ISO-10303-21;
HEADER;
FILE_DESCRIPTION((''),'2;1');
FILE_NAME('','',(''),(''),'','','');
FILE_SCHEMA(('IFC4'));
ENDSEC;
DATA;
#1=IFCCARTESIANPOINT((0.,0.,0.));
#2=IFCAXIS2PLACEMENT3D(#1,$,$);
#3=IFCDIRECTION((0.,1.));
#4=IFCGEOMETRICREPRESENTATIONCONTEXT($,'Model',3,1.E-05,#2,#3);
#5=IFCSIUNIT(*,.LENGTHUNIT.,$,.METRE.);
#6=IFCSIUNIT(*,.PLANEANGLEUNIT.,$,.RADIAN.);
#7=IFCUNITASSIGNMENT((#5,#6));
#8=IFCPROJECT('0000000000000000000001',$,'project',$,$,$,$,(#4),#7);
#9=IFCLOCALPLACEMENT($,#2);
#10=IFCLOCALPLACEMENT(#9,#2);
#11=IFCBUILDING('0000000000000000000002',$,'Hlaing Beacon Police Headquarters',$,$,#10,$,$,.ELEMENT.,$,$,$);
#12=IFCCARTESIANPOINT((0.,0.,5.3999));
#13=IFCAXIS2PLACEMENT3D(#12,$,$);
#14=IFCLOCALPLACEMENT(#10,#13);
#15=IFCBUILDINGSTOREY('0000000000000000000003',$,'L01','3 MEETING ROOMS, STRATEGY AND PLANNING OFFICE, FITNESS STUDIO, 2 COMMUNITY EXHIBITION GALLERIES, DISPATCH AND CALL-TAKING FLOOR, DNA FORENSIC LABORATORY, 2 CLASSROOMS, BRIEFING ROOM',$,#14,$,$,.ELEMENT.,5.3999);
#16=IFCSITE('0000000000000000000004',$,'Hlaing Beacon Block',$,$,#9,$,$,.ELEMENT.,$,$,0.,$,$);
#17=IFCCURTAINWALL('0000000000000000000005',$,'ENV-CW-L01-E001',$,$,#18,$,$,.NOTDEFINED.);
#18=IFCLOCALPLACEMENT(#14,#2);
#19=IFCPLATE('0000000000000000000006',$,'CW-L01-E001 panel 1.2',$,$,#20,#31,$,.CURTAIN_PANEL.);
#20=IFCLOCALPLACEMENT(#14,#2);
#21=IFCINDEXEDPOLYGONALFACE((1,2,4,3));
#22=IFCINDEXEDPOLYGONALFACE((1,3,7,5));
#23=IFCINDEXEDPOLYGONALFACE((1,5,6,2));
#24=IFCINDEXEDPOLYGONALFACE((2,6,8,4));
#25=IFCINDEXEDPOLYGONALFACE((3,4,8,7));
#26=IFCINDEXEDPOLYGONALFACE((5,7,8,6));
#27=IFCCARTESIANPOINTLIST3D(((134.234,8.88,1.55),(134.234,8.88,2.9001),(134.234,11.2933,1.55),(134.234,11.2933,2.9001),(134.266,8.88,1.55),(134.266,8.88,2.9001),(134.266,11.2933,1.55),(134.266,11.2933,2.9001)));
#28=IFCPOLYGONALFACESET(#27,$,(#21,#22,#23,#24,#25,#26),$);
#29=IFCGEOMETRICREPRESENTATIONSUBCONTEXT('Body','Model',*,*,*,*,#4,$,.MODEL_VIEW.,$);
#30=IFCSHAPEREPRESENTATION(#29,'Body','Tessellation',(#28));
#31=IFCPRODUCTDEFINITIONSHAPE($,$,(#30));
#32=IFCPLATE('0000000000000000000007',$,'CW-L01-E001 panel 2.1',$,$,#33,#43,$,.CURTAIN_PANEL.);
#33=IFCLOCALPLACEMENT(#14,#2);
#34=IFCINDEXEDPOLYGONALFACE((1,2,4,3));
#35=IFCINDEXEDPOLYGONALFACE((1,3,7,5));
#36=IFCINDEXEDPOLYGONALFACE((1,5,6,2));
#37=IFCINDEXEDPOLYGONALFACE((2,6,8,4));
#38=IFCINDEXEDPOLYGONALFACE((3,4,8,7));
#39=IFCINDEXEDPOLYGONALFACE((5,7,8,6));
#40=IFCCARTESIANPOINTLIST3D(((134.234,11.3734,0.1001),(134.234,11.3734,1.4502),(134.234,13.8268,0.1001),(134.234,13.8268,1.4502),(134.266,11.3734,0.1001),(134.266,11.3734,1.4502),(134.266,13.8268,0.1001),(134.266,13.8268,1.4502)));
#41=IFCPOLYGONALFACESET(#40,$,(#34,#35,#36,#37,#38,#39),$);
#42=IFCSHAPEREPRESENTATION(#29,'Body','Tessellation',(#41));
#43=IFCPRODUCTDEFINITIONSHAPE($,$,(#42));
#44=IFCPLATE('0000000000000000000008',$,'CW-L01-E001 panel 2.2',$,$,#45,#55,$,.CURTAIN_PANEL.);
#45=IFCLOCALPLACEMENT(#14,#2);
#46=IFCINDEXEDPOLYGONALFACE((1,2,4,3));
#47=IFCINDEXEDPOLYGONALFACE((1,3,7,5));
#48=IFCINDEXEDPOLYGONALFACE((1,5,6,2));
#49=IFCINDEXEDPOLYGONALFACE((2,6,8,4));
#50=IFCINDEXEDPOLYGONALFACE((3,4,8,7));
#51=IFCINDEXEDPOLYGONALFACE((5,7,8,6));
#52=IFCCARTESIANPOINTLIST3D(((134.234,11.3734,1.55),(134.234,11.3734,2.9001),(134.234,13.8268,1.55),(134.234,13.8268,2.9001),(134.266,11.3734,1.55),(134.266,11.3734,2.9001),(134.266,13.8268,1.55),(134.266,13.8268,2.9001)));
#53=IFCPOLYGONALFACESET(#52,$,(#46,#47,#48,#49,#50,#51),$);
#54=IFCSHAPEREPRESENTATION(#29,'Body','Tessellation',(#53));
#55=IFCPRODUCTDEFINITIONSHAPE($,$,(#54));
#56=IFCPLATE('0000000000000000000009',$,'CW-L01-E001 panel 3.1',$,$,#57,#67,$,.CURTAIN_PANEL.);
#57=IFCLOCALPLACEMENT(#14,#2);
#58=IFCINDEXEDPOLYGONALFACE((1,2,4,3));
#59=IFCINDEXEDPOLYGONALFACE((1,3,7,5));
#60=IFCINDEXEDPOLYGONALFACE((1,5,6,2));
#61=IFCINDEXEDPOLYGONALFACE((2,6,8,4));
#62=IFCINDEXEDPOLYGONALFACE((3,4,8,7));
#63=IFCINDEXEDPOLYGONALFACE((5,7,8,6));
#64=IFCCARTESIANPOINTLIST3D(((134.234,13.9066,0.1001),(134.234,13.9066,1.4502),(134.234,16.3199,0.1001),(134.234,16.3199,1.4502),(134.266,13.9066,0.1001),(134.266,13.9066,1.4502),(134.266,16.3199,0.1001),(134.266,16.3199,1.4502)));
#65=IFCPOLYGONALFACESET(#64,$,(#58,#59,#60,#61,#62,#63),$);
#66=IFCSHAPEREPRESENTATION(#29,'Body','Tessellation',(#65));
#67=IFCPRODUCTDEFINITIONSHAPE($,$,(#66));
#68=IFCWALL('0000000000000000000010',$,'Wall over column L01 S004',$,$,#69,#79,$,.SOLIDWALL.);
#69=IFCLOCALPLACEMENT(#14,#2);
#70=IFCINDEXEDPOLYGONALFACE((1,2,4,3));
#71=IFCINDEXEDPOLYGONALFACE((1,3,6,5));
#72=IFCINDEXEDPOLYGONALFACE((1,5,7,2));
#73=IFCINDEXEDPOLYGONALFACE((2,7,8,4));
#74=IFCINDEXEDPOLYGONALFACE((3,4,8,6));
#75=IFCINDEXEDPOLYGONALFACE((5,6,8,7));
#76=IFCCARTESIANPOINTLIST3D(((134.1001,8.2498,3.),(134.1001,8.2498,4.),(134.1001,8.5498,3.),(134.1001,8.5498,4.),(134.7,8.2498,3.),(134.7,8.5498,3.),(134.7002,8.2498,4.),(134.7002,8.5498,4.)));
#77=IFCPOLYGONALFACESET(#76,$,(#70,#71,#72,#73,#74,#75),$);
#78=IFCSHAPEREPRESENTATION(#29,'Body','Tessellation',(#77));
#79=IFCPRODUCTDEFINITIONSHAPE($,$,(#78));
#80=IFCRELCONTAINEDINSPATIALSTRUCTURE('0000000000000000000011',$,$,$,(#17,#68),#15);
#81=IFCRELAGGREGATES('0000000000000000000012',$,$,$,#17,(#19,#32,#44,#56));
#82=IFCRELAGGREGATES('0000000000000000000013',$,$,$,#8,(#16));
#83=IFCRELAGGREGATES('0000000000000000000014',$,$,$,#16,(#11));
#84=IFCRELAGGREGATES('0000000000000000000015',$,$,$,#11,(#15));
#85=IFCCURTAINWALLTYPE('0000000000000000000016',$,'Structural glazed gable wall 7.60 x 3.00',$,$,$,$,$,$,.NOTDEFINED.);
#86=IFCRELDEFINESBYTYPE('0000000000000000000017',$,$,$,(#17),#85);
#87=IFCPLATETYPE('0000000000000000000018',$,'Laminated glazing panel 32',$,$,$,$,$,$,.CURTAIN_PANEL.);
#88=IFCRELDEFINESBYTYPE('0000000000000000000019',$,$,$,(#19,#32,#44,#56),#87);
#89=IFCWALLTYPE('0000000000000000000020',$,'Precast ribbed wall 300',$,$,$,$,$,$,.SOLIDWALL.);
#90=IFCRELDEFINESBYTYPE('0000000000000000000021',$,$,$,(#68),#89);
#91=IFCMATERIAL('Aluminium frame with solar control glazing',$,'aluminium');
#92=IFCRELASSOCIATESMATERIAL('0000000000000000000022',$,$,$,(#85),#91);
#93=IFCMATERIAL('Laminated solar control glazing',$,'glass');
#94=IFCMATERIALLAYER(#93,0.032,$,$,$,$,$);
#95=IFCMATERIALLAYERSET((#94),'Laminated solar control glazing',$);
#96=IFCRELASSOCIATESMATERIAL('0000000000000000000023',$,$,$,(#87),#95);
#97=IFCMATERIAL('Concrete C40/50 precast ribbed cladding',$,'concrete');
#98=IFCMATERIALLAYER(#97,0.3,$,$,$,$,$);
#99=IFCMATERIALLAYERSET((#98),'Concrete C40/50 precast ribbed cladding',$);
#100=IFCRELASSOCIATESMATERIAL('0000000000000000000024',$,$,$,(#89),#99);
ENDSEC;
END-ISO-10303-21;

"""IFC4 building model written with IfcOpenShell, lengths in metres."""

from ifc_helpers import new_model, si_unit, direction, frame, origin, origin_2d, place, context, subcontext, project, spatial, polyline, rectangle, outline, extrude, material, layer, layer_set, type_object, element, aggregate, save


model = new_model("IFC4")

# Units and contexts
model_context = context("Model", 3, precision=1e-05, world=origin(), true_north=direction((0.0, 1.0)))
body_context = subcontext(model_context, "Body", "Model", "MODEL_VIEW")
ifc_project = project(units=[si_unit("LENGTHUNIT", "METRE"), si_unit("PLANEANGLEUNIT", "RADIAN")], contexts=[model_context])

# Site, building, storey
site_placement = place(None, origin())
site = spatial("IfcSite", under=ifc_project, at=site_placement, Name="Hlaing Beacon Block", CompositionType="ELEMENT", RefElevation=0.0)
building_placement = place(site_placement, origin())
building = spatial("IfcBuilding", under=site, at=building_placement, Name="Hlaing Beacon Police Headquarters", CompositionType="ELEMENT")
storey_placement = place(building_placement, frame((0.0, 0.0, 5.3999)))
storey = spatial("IfcBuildingStorey", under=building, at=storey_placement, Name="L01", Description="3 MEETING ROOMS, STRATEGY AND PLANNING OFFICE, FITNESS STUDIO, 2 COMMUNITY EXHIBITION GALLERIES, DISPATCH AND CALL-TAKING FLOOR, DNA FORENSIC LABORATORY, 2 CLASSROOMS, BRIEFING ROOM", CompositionType="ELEMENT", Elevation=5.3999)

# Curtain wall
ifc_material_1 = material(Name="Aluminium frame with solar control glazing", Category="aluminium")
curtain_wall_type_1 = type_object("IfcCurtainWallType", Name="Structural glazed gable wall 7.60 x 3.00", PredefinedType="NOTDEFINED", material=ifc_material_1)
curtain_wall_1_placement = place(storey_placement, origin())
curtain_wall_1 = element("IfcCurtainWall", 1, at=curtain_wall_1_placement, inside=storey, type_object=curtain_wall_type_1, Name="ENV-CW-L01-E001", PredefinedType="NOTDEFINED")

# Plates
ifc_material_2 = material(Name="Laminated solar control glazing", Category="glass")
ifc_layer_1 = layer(ifc_material_2, 0.032)
ifc_layer_set_1 = layer_set([ifc_layer_1], Name="Laminated solar control glazing")
plate_type_1 = type_object("IfcPlateType", Name="Laminated glazing panel 32", PredefinedType="CURTAIN_PANEL", material=ifc_layer_set_1)
plate_1_placement = place(storey_placement, frame((134.25, 10.0867, 1.55), z_axis=(0.0, 0.0, 1.0), x_axis=(0.0, 1.0, 0.0)))
plate_1 = element("IfcPlate", 2, at=plate_1_placement, type_object=plate_type_1, Name="CW-L01-E001 panel 1.2", PredefinedType="CURTAIN_PANEL", context=body_context, shape_type="SweptSolid", body=[
    extrude(rectangle(XDim=2.4133, YDim=0.032, at=origin_2d()), origin(), (0.0, 0.0, 1.0), 1.3501),
])
plate_2_placement = place(storey_placement, frame((134.25, 12.6001, 0.1001), z_axis=(0.0, 0.0, 1.0), x_axis=(0.0, 1.0, 0.0)))
plate_2 = element("IfcPlate", 3, at=plate_2_placement, type_object=plate_type_1, Name="CW-L01-E001 panel 2.1", PredefinedType="CURTAIN_PANEL", context=body_context, shape_type="SweptSolid", body=[
    extrude(rectangle(XDim=2.4534, YDim=0.032, at=origin_2d()), origin(), (0.0, 0.0, 1.0), 1.3501),
])
plate_3_placement = place(storey_placement, frame((134.25, 12.6001, 1.55), z_axis=(0.0, 0.0, 1.0), x_axis=(0.0, 1.0, 0.0)))
plate_3 = element("IfcPlate", 4, at=plate_3_placement, type_object=plate_type_1, Name="CW-L01-E001 panel 2.2", PredefinedType="CURTAIN_PANEL", context=body_context, shape_type="SweptSolid", body=[
    extrude(rectangle(XDim=2.4534, YDim=0.032, at=origin_2d()), origin(), (0.0, 0.0, 1.0), 1.3501),
])
plate_4_placement = place(storey_placement, frame((134.25, 15.1133, 0.1001), z_axis=(0.0, 0.0, 1.0), x_axis=(0.0, 1.0, 0.0)))
plate_4 = element("IfcPlate", 5, at=plate_4_placement, type_object=plate_type_1, Name="CW-L01-E001 panel 3.1", PredefinedType="CURTAIN_PANEL", context=body_context, shape_type="SweptSolid", body=[
    extrude(rectangle(XDim=2.4133, YDim=0.032, at=origin_2d()), origin(), (0.0, 0.0, 1.0), 1.3501),
])
aggregate(curtain_wall_1, [plate_1, plate_2, plate_3, plate_4])

# Wall
ifc_material_3 = material(Name="Concrete C40/50 precast ribbed cladding", Category="concrete")
ifc_layer_2 = layer(ifc_material_3, 0.3)
ifc_layer_set_2 = layer_set([ifc_layer_2], Name="Concrete C40/50 precast ribbed cladding")
wall_type = type_object("IfcWallType", Name="Precast ribbed wall 300", PredefinedType="SOLIDWALL", material=ifc_layer_set_2)
wall_placement = place(storey_placement, frame((134.1001, 8.3999, 3.0), z_axis=(0.0, 0.0, 1.0), x_axis=(1.0, 0.0, 0.0)))
element("IfcWall", 6, at=wall_placement, inside=storey, type_object=wall_type, Name="Wall over column L01 S004", PredefinedType="SOLIDWALL", context=body_context, shape_type="SweptSolid", body=[
    extrude(outline(polyline([(0.0, 0.0), (0.5999, 0.0), (0.6001, 1.0), (0.0, 1.0), (0.0, 0.0)])), frame((0.0, 0.1499, 0.0), z_axis=(0.0, -1.0, 0.0), x_axis=(1.0, 0.0, 0.0)), (0.0, 0.0, 1.0), 0.3),
])

save(model, "model.ifc")
